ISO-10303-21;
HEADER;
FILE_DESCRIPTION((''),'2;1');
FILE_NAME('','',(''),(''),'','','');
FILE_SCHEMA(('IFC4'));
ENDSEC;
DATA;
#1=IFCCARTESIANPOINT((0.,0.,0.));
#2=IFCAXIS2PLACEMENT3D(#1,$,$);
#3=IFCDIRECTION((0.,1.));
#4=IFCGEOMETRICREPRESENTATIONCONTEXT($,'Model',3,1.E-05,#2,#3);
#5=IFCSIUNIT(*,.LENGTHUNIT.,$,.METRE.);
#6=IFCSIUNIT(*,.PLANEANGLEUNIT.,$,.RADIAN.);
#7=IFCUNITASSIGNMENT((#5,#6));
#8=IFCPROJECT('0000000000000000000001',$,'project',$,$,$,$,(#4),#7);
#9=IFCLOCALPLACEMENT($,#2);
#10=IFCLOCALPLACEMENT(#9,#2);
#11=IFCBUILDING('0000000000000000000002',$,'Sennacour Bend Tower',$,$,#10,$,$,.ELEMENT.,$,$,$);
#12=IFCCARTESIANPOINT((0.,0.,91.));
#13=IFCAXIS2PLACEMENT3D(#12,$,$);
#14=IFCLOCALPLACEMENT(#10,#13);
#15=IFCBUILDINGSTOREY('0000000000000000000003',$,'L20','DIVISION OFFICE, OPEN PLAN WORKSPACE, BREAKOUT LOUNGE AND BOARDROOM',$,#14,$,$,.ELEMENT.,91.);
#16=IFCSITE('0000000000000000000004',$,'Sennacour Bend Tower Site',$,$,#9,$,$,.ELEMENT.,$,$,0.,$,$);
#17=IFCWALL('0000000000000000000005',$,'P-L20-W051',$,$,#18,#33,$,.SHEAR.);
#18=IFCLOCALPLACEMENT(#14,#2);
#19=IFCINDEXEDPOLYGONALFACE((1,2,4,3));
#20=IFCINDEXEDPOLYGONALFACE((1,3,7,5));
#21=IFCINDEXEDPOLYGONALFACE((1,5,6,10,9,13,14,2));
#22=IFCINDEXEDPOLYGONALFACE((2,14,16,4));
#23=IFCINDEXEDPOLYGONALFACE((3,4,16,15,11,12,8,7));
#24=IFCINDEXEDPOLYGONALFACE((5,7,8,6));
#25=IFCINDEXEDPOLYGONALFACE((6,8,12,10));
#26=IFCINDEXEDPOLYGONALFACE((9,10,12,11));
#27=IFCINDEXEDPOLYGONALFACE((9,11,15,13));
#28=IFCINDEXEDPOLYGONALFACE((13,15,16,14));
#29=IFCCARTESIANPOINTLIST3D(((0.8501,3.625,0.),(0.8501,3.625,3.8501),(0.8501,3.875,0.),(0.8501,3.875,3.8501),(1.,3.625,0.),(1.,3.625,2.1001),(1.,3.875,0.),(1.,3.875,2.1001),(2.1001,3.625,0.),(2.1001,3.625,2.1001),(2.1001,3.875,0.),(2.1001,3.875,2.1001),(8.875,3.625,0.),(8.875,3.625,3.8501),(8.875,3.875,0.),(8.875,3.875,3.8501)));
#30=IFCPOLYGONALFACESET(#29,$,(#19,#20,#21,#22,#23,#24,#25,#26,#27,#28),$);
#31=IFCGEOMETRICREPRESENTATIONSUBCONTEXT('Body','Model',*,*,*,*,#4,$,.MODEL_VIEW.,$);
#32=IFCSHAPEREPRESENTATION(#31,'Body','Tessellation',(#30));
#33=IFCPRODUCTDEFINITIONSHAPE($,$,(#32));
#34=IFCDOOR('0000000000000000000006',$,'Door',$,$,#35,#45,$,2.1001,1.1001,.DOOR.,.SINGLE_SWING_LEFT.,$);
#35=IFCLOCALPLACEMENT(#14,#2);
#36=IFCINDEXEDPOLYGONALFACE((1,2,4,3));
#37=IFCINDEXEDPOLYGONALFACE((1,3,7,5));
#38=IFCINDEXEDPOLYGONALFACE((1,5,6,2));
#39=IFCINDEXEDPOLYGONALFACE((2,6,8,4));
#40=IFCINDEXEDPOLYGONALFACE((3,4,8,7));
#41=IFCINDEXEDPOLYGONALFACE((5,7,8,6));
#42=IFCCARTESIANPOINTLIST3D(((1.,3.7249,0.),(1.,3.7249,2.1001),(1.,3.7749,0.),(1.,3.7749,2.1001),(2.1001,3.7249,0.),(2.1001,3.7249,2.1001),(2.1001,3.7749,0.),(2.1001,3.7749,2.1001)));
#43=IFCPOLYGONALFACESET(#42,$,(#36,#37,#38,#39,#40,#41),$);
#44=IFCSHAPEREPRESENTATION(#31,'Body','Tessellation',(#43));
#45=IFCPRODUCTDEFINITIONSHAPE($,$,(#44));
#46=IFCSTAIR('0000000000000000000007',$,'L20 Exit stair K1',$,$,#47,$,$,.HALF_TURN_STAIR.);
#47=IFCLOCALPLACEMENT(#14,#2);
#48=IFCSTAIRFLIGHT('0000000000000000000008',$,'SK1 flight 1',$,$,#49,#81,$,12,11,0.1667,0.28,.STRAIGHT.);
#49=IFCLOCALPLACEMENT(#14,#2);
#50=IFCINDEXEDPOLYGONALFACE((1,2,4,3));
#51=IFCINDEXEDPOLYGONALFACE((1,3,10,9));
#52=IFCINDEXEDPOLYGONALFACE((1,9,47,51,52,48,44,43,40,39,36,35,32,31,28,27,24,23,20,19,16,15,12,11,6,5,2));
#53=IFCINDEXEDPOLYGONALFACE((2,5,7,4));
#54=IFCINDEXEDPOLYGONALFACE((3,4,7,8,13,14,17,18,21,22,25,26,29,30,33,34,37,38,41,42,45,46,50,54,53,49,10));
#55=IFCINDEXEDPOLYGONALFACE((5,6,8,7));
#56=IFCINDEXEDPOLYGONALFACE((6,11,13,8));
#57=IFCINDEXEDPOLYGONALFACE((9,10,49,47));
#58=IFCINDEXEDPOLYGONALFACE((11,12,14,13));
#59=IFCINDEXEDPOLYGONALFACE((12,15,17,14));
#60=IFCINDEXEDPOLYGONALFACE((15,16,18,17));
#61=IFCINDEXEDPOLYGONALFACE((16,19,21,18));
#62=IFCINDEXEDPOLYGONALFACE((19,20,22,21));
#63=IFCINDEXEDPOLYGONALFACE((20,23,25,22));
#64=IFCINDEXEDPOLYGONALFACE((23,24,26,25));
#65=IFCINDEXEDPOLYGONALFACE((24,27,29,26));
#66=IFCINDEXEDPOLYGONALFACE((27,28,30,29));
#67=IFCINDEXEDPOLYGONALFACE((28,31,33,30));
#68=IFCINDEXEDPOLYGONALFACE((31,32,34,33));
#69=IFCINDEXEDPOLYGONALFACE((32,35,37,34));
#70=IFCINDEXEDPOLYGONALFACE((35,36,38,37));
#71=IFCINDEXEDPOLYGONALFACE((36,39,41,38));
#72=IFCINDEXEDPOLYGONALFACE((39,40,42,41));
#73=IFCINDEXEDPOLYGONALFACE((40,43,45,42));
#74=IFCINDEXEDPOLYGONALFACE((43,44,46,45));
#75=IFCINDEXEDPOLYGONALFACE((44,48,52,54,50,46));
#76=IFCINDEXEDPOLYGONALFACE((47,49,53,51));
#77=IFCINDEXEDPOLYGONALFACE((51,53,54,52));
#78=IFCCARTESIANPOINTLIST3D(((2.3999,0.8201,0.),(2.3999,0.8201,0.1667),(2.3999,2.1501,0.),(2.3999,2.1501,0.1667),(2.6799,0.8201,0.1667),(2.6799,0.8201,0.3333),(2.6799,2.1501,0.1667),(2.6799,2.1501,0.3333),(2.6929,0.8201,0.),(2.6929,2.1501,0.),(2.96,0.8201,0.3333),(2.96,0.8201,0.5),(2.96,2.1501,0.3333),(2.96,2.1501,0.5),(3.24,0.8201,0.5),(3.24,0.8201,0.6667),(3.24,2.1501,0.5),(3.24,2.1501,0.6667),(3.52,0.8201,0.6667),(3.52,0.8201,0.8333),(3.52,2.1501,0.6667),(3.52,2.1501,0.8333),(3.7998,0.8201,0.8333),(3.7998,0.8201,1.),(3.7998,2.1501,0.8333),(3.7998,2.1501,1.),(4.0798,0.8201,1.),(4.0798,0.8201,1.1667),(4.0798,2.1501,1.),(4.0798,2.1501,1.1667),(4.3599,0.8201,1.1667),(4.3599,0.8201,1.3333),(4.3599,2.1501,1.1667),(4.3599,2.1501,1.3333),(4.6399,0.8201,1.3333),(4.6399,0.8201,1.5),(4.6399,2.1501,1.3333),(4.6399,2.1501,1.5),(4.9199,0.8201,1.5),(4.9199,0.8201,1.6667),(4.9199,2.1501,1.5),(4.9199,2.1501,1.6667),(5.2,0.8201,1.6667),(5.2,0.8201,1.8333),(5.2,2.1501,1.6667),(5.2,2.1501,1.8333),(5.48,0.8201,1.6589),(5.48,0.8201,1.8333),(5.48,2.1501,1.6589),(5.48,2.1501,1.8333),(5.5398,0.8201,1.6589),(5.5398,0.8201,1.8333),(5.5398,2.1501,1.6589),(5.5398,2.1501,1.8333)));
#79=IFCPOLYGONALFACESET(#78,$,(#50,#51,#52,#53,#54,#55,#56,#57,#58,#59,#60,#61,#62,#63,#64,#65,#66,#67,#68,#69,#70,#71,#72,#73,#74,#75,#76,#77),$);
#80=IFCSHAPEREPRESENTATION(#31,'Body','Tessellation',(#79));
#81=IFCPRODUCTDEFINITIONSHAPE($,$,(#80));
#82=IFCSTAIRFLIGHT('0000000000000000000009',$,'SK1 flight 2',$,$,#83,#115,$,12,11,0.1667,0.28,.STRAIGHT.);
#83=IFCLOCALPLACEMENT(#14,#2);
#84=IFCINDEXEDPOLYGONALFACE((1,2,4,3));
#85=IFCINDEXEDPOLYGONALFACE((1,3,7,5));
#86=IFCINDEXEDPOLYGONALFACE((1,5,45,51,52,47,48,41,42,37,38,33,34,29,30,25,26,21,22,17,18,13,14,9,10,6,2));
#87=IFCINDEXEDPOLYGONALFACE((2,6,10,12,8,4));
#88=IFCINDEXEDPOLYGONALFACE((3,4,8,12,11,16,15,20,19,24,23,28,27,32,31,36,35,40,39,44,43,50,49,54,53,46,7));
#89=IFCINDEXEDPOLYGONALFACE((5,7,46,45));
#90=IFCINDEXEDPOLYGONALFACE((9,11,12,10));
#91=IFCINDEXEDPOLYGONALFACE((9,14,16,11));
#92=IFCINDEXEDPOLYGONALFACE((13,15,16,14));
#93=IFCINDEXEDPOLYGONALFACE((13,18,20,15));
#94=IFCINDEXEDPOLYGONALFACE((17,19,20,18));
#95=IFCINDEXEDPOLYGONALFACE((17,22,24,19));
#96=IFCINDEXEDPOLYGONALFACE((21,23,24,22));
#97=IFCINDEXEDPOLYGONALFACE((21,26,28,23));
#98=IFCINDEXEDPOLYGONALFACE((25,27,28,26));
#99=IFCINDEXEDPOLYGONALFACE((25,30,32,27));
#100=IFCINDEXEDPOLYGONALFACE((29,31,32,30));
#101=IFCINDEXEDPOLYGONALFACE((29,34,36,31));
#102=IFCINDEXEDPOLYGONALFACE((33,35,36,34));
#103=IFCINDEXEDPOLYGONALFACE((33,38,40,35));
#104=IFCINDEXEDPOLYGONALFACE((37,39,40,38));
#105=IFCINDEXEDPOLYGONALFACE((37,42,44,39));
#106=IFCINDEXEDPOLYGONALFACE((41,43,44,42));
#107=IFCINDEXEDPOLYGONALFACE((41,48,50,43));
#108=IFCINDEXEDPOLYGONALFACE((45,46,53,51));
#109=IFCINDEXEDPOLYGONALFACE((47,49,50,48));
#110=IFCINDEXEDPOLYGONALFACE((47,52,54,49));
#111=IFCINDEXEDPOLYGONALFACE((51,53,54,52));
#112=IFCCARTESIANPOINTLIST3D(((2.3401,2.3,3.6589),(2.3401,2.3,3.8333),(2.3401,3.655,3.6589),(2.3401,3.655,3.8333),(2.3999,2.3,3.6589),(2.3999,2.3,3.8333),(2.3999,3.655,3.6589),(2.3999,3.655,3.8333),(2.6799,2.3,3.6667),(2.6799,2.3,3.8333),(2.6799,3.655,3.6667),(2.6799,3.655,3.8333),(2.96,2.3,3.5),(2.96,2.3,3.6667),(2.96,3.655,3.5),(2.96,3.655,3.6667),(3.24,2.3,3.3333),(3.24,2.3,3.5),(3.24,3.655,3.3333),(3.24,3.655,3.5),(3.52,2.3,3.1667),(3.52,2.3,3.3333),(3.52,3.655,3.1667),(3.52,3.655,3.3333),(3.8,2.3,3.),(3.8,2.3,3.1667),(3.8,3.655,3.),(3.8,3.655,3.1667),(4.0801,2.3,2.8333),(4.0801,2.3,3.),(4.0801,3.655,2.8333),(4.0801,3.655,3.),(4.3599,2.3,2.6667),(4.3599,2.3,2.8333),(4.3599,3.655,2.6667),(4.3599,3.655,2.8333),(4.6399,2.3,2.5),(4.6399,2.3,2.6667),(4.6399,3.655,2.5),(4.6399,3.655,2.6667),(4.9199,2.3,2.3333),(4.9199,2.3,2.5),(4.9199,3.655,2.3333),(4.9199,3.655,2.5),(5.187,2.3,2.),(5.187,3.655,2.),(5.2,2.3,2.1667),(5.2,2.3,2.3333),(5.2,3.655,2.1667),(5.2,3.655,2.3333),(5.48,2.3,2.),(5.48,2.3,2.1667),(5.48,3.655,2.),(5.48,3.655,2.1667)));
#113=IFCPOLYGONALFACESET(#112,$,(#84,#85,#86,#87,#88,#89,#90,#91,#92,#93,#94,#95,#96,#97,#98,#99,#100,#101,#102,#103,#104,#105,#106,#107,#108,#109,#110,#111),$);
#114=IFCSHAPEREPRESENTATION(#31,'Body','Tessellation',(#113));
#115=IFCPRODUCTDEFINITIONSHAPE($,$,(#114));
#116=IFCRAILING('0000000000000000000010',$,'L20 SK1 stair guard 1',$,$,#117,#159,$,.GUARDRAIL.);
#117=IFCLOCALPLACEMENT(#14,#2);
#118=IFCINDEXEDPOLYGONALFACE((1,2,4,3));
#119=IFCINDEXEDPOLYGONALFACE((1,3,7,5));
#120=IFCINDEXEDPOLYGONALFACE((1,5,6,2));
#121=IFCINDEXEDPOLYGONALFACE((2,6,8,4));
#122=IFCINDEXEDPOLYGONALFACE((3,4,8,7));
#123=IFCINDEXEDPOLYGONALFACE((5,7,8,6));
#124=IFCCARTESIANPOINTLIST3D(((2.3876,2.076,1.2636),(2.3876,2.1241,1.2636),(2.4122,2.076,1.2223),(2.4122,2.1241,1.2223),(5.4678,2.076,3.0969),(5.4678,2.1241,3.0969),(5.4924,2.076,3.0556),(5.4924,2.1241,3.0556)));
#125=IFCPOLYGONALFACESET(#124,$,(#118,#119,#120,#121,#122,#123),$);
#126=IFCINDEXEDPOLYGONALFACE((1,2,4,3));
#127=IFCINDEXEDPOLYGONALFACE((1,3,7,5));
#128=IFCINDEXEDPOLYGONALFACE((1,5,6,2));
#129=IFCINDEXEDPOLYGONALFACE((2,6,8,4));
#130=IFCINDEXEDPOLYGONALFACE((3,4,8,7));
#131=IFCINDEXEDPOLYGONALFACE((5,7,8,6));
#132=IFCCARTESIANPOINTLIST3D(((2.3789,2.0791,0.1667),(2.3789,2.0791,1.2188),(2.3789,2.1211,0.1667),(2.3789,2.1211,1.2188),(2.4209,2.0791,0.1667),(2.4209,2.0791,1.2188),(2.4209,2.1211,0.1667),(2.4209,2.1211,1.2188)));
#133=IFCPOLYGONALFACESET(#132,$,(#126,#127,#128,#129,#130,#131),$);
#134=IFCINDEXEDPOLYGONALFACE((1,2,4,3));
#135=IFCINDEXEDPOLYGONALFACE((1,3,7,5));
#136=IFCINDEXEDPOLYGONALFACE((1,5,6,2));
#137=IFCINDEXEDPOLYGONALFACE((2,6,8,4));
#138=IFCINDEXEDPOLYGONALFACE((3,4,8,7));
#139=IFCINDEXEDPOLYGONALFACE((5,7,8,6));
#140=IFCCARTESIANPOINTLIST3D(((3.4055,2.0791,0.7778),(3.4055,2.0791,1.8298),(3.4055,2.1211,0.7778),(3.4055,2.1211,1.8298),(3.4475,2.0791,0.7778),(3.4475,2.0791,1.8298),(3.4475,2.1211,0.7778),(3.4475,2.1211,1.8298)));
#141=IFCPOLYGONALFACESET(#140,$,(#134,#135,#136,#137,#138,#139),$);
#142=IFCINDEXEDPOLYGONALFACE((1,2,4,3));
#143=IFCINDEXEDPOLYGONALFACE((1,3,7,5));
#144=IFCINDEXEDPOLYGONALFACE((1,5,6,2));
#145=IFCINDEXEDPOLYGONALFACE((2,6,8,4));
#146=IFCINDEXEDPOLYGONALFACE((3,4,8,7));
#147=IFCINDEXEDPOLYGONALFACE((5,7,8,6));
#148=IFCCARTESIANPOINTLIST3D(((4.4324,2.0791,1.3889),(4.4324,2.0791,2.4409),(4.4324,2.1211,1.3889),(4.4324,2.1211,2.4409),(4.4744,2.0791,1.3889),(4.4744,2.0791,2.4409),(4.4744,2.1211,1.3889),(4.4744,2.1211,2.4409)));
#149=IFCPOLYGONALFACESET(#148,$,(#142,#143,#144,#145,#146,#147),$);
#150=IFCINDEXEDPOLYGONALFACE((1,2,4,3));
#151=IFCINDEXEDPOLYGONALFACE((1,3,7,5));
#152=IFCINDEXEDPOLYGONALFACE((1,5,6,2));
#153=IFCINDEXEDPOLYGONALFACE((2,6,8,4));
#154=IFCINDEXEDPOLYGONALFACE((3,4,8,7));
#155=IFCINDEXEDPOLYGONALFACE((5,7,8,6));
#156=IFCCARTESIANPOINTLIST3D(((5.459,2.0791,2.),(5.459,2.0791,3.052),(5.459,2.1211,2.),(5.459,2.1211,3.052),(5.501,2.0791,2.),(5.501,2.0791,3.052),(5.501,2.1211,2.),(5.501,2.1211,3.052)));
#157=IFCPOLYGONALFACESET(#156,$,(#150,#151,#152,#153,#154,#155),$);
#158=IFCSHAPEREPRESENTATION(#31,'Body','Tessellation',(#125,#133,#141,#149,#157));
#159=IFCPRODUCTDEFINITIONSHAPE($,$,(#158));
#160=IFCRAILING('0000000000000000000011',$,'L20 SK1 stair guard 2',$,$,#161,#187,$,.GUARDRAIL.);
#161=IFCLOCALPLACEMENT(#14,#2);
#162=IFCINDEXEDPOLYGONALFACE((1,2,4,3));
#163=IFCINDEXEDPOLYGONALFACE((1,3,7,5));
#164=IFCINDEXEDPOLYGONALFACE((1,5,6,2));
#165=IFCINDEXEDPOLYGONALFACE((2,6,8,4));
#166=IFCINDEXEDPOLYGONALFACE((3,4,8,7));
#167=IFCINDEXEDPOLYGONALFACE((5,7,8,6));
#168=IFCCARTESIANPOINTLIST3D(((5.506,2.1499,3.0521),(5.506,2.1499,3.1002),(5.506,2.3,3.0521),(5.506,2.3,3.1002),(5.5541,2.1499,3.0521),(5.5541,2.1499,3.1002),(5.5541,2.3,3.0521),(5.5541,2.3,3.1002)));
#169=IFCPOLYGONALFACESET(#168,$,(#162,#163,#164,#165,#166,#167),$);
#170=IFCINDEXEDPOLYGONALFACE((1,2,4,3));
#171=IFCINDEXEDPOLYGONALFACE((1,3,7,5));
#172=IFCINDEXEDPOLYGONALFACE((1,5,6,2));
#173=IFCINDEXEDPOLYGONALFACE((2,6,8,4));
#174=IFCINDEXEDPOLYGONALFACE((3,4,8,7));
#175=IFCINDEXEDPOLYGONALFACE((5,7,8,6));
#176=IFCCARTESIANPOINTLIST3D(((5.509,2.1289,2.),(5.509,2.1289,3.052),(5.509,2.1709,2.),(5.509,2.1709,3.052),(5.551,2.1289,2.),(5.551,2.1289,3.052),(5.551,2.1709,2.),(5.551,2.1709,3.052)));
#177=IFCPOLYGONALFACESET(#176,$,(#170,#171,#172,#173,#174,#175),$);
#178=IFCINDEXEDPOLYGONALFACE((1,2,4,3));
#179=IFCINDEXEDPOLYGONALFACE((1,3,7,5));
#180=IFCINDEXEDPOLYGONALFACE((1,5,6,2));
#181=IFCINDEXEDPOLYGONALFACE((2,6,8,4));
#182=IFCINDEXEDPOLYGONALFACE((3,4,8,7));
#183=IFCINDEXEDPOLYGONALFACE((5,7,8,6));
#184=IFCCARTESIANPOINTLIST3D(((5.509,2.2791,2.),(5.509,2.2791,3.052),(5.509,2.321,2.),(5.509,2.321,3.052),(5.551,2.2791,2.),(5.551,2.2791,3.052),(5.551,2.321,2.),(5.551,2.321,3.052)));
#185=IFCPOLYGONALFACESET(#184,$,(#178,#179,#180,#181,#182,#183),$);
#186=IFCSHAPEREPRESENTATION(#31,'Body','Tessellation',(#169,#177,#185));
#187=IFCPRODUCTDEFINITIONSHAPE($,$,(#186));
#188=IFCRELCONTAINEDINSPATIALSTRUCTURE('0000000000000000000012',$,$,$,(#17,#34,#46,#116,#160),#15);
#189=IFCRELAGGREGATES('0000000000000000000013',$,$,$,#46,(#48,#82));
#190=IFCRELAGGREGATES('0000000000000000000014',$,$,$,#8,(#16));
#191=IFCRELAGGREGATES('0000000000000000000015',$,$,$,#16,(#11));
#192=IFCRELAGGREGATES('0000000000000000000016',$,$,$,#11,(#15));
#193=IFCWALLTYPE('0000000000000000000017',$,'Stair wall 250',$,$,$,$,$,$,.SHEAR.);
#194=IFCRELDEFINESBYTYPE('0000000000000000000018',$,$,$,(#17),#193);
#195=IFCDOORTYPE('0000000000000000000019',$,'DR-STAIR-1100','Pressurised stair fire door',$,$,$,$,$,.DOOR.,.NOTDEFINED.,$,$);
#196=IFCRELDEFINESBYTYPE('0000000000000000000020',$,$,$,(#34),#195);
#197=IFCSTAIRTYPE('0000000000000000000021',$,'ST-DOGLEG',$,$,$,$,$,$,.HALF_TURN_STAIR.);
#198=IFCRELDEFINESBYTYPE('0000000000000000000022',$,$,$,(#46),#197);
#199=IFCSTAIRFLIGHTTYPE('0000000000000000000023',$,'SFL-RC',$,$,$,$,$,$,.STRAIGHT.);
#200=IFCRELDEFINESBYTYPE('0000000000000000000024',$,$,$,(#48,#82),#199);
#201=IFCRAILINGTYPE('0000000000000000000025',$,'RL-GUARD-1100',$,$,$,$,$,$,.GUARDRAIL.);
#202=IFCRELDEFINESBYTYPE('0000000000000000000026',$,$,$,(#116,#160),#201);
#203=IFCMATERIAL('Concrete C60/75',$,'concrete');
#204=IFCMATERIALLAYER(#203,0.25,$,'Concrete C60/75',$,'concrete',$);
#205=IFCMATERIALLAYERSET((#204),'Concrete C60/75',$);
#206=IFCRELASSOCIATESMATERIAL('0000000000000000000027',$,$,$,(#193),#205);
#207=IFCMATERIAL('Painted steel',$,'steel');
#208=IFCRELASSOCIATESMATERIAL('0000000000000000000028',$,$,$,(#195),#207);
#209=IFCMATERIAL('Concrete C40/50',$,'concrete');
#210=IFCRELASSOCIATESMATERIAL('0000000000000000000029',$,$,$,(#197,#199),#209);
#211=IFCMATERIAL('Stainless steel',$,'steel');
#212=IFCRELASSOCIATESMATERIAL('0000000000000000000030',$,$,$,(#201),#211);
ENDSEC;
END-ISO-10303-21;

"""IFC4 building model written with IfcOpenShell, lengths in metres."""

from ifc_helpers import new_model, si_unit, direction, frame, frame_2d, origin, origin_2d, place, context, subcontext, project, spatial, polyline, rectangle, outline, extrude, material, layer, layer_set, type_object, element, fill, aggregate, save


model = new_model("IFC4")

# Units and contexts
model_context = context("Model", 3, precision=1e-05, world=origin(), true_north=direction((0.0, 1.0)))
body_context = subcontext(model_context, "Body", "Model", "MODEL_VIEW")
ifc_project = project(units=[si_unit("LENGTHUNIT", "METRE"), si_unit("PLANEANGLEUNIT", "RADIAN")], contexts=[model_context])

# Site, building, storey
site_placement = place(None, origin())
site = spatial("IfcSite", under=ifc_project, at=site_placement, Name="Sennacour Bend Tower Site", CompositionType="ELEMENT", RefElevation=0.0)
building_placement = place(site_placement, origin())
building = spatial("IfcBuilding", under=site, at=building_placement, Name="Sennacour Bend Tower", CompositionType="ELEMENT")
storey_placement = place(building_placement, frame((0.0, 0.0, 91.0)))
storey = spatial("IfcBuildingStorey", under=building, at=storey_placement, Name="L20", Description="DIVISION OFFICE, OPEN PLAN WORKSPACE, BREAKOUT LOUNGE AND BOARDROOM", CompositionType="ELEMENT", Elevation=91.0)

# Shared definitions
ifc_material_1 = material(Name="Concrete C60/75", Category="concrete")
ifc_layer_1 = layer(ifc_material_1, 0.25, Name="Concrete C60/75", Category="concrete")
ifc_layer_set_1 = layer_set([ifc_layer_1], Name="Concrete C60/75")
wall_type_1 = type_object("IfcWallType", Name="Stair wall 250", PredefinedType="SHEAR", material=ifc_layer_set_1)

# Wall, opening, door
wall_1_placement = place(storey_placement, frame((0.8501, 3.75, 0.0), z_axis=(0.0, 0.0, 1.0), x_axis=(1.0, 0.0, 0.0)))
wall_1 = element("IfcWall", 1, at=wall_1_placement, inside=storey, type_object=wall_type_1, Name="P-L20-W051", PredefinedType="SHEAR", context=body_context, shape_type="SweptSolid", body=[
    extrude(rectangle(XDim=8.0249, YDim=0.25, at=frame_2d((4.0125, 0.0))), origin(), (0.0, 0.0, 1.0), 3.8501),
])
opening_1_placement = place(wall_1_placement, frame((0.1499, 0.0, 0.0)))
opening_1 = element("IfcOpeningElement", 2, at=opening_1_placement, cuts=wall_1, PredefinedType="OPENING", context=body_context, shape_type="SweptSolid", body=[
    extrude(rectangle(XDim=1.1001, YDim=2.1001, at=frame_2d((0.55, 1.05))), frame((0.0, 0.135, 0.0), z_axis=(0.0, -1.0, 0.0), x_axis=(1.0, 0.0, 0.0)), (0.0, 0.0, 1.0), 0.27),
])
ifc_material_2 = material(Name="Painted steel", Category="steel")
door_type = type_object("IfcDoorType", Name="DR-STAIR-1100", Description="Pressurised stair fire door", OperationType="NOTDEFINED", PredefinedType="DOOR", material=ifc_material_2)
door_placement = place(opening_1_placement, origin())
door = element("IfcDoor", 3, at=door_placement, inside=storey, type_object=door_type, Name="Door", OperationType="SINGLE_SWING_LEFT", OverallHeight=2.1001, OverallWidth=1.1001, PredefinedType="DOOR", context=body_context, shape_type="SweptSolid", body=[
    extrude(rectangle(XDim=1.1001, YDim=2.1001, at=frame_2d((0.55, 1.05))), frame((0.0, 0.0249, 0.0), z_axis=(0.0, -1.0, 0.0), x_axis=(1.0, 0.0, 0.0)), (0.0, 0.0, 1.0), 0.05),
])
fill(opening_1, door)

# Stair, stair flights
ifc_material_3 = material(Name="Concrete C40/50", Category="concrete")
stair_type = type_object("IfcStairType", Name="ST-DOGLEG", PredefinedType="HALF_TURN_STAIR", material=ifc_material_3)
stair_placement = place(storey_placement, origin())
stair = element("IfcStair", 4, at=stair_placement, inside=storey, type_object=stair_type, Name="L20 Exit stair K1", PredefinedType="HALF_TURN_STAIR")
stair_flight_type = type_object("IfcStairFlightType", Name="SFL-RC", PredefinedType="STRAIGHT", material=ifc_material_3)
stair_flight_1_placement = place(storey_placement, frame((2.3999, 1.4851, 0.0), z_axis=(0.0, 0.0, 1.0), x_axis=(1.0, 0.0, 0.0)))
stair_flight_1 = element("IfcStairFlight", 5, at=stair_flight_1_placement, type_object=stair_flight_type, Name="SK1 flight 1", NumberOfRisers=12, NumberOfTreads=11, PredefinedType="STRAIGHT", RiserHeight=0.1667, TreadLength=0.28, context=body_context, shape_type="SweptSolid", body=[
    extrude(outline(polyline([(0.0, 0.0), (0.0, 0.1667), (0.28, 0.1667), (0.28, 0.3333), (0.5601, 0.3333), (0.5601, 0.5), (0.8401, 0.5), (0.8401, 0.6667), (1.1201, 0.6667), (1.1201, 0.8333), (1.3999, 0.8333), (1.3999, 1.0), (1.6799, 1.0), (1.6799, 1.1667), (1.96, 1.1667), (1.96, 1.3333), (2.24, 1.3333), (2.24, 1.5), (2.52, 1.5), (2.52, 1.6667), (2.8, 1.6667), (2.8, 1.8333), (3.0801, 1.8333), (3.1399, 1.8333), (3.1399, 1.6589), (3.0801, 1.6589), (0.293, 0.0), (0.0, 0.0)])), frame((0.0, 0.665, 0.0), z_axis=(0.0, -1.0, 0.0), x_axis=(1.0, 0.0, 0.0)), (0.0, 0.0, 1.0), 1.3301),
])
stair_flight_2_placement = place(storey_placement, frame((5.48, 2.9775, 2.0), z_axis=(0.0, 0.0, 1.0), x_axis=(-1.0, 0.0, 0.0)))
stair_flight_2 = element("IfcStairFlight", 6, at=stair_flight_2_placement, type_object=stair_flight_type, Name="SK1 flight 2", NumberOfRisers=12, NumberOfTreads=11, PredefinedType="STRAIGHT", RiserHeight=0.1667, TreadLength=0.28, context=body_context, shape_type="SweptSolid", body=[
    extrude(outline(polyline([(0.0, 0.0), (0.0, 0.1667), (0.28, 0.1667), (0.28, 0.3333), (0.5601, 0.3333), (0.5601, 0.5), (0.8401, 0.5), (0.8401, 0.6667), (1.1201, 0.6667), (1.1201, 0.8333), (1.3999, 0.8333), (1.3999, 1.0), (1.6799, 1.0), (1.6799, 1.1667), (1.96, 1.1667), (1.96, 1.3333), (2.24, 1.3333), (2.24, 1.5), (2.52, 1.5), (2.52, 1.6667), (2.8, 1.6667), (2.8, 1.8333), (3.0801, 1.8333), (3.1399, 1.8333), (3.1399, 1.6589), (3.0801, 1.6589), (0.293, 0.0), (0.0, 0.0)])), frame((0.0, 0.6775, 0.0), z_axis=(0.0, -1.0, 0.0), x_axis=(1.0, 0.0, 0.0)), (0.0, 0.0, 1.0), 1.355),
])
aggregate(stair, [stair_flight_1, stair_flight_2])

# Railings
ifc_material_4 = material(Name="Stainless steel", Category="steel")
railing_type_1 = type_object("IfcRailingType", Name="RL-GUARD-1100", PredefinedType="GUARDRAIL", material=ifc_material_4)
railing_1_placement = place(storey_placement, frame((2.3999, 2.1001, 0.1667)))
element("IfcRailing", 7, at=railing_1_placement, inside=storey, type_object=railing_type_1, Name="L20 SK1 stair guard 1", PredefinedType="GUARDRAIL", context=body_context, shape_type="SweptSolid", body=[
    extrude(rectangle(XDim=0.0481, YDim=0.0481, at=origin_2d()), frame((0.0, 0.0, 1.0762), z_axis=(0.859309, 0.0, 0.511458), x_axis=(0.0, 1.0, 0.0)), (0.0, 0.0, 1.0), 3.5845),
    extrude(rectangle(XDim=0.042, YDim=0.042, at=origin_2d()), origin(), (0.0, 0.0, 1.0), 1.052),
    extrude(rectangle(XDim=0.042, YDim=0.042, at=origin_2d()), frame((1.0266, 0.0, 0.6111)), (0.0, 0.0, 1.0), 1.052),
    extrude(rectangle(XDim=0.042, YDim=0.042, at=origin_2d()), frame((2.0535, 0.0, 1.2222)), (0.0, 0.0, 1.0), 1.052),
    extrude(rectangle(XDim=0.042, YDim=0.042, at=origin_2d()), frame((3.0801, 0.0, 1.8333)), (0.0, 0.0, 1.0), 1.052),
])
railing_2_placement = place(storey_placement, frame((5.53, 2.1499, 2.0)))
element("IfcRailing", 8, at=railing_2_placement, inside=storey, type_object=railing_type_1, Name="L20 SK1 stair guard 2", PredefinedType="GUARDRAIL", context=body_context, shape_type="SweptSolid", body=[
    extrude(rectangle(XDim=0.0481, YDim=0.0481, at=origin_2d()), frame((0.0, 0.0, 1.0762), z_axis=(0.0, 1.0, 0.0), x_axis=(-1.0, 0.0, 0.0)), (0.0, 0.0, 1.0), 0.1501),
    extrude(rectangle(XDim=0.042, YDim=0.042, at=origin_2d()), origin(), (0.0, 0.0, 1.0), 1.052),
    extrude(rectangle(XDim=0.042, YDim=0.042, at=origin_2d()), frame((0.0, 0.1501, 0.0)), (0.0, 0.0, 1.0), 1.052),
])

save(model, "model.ifc")
